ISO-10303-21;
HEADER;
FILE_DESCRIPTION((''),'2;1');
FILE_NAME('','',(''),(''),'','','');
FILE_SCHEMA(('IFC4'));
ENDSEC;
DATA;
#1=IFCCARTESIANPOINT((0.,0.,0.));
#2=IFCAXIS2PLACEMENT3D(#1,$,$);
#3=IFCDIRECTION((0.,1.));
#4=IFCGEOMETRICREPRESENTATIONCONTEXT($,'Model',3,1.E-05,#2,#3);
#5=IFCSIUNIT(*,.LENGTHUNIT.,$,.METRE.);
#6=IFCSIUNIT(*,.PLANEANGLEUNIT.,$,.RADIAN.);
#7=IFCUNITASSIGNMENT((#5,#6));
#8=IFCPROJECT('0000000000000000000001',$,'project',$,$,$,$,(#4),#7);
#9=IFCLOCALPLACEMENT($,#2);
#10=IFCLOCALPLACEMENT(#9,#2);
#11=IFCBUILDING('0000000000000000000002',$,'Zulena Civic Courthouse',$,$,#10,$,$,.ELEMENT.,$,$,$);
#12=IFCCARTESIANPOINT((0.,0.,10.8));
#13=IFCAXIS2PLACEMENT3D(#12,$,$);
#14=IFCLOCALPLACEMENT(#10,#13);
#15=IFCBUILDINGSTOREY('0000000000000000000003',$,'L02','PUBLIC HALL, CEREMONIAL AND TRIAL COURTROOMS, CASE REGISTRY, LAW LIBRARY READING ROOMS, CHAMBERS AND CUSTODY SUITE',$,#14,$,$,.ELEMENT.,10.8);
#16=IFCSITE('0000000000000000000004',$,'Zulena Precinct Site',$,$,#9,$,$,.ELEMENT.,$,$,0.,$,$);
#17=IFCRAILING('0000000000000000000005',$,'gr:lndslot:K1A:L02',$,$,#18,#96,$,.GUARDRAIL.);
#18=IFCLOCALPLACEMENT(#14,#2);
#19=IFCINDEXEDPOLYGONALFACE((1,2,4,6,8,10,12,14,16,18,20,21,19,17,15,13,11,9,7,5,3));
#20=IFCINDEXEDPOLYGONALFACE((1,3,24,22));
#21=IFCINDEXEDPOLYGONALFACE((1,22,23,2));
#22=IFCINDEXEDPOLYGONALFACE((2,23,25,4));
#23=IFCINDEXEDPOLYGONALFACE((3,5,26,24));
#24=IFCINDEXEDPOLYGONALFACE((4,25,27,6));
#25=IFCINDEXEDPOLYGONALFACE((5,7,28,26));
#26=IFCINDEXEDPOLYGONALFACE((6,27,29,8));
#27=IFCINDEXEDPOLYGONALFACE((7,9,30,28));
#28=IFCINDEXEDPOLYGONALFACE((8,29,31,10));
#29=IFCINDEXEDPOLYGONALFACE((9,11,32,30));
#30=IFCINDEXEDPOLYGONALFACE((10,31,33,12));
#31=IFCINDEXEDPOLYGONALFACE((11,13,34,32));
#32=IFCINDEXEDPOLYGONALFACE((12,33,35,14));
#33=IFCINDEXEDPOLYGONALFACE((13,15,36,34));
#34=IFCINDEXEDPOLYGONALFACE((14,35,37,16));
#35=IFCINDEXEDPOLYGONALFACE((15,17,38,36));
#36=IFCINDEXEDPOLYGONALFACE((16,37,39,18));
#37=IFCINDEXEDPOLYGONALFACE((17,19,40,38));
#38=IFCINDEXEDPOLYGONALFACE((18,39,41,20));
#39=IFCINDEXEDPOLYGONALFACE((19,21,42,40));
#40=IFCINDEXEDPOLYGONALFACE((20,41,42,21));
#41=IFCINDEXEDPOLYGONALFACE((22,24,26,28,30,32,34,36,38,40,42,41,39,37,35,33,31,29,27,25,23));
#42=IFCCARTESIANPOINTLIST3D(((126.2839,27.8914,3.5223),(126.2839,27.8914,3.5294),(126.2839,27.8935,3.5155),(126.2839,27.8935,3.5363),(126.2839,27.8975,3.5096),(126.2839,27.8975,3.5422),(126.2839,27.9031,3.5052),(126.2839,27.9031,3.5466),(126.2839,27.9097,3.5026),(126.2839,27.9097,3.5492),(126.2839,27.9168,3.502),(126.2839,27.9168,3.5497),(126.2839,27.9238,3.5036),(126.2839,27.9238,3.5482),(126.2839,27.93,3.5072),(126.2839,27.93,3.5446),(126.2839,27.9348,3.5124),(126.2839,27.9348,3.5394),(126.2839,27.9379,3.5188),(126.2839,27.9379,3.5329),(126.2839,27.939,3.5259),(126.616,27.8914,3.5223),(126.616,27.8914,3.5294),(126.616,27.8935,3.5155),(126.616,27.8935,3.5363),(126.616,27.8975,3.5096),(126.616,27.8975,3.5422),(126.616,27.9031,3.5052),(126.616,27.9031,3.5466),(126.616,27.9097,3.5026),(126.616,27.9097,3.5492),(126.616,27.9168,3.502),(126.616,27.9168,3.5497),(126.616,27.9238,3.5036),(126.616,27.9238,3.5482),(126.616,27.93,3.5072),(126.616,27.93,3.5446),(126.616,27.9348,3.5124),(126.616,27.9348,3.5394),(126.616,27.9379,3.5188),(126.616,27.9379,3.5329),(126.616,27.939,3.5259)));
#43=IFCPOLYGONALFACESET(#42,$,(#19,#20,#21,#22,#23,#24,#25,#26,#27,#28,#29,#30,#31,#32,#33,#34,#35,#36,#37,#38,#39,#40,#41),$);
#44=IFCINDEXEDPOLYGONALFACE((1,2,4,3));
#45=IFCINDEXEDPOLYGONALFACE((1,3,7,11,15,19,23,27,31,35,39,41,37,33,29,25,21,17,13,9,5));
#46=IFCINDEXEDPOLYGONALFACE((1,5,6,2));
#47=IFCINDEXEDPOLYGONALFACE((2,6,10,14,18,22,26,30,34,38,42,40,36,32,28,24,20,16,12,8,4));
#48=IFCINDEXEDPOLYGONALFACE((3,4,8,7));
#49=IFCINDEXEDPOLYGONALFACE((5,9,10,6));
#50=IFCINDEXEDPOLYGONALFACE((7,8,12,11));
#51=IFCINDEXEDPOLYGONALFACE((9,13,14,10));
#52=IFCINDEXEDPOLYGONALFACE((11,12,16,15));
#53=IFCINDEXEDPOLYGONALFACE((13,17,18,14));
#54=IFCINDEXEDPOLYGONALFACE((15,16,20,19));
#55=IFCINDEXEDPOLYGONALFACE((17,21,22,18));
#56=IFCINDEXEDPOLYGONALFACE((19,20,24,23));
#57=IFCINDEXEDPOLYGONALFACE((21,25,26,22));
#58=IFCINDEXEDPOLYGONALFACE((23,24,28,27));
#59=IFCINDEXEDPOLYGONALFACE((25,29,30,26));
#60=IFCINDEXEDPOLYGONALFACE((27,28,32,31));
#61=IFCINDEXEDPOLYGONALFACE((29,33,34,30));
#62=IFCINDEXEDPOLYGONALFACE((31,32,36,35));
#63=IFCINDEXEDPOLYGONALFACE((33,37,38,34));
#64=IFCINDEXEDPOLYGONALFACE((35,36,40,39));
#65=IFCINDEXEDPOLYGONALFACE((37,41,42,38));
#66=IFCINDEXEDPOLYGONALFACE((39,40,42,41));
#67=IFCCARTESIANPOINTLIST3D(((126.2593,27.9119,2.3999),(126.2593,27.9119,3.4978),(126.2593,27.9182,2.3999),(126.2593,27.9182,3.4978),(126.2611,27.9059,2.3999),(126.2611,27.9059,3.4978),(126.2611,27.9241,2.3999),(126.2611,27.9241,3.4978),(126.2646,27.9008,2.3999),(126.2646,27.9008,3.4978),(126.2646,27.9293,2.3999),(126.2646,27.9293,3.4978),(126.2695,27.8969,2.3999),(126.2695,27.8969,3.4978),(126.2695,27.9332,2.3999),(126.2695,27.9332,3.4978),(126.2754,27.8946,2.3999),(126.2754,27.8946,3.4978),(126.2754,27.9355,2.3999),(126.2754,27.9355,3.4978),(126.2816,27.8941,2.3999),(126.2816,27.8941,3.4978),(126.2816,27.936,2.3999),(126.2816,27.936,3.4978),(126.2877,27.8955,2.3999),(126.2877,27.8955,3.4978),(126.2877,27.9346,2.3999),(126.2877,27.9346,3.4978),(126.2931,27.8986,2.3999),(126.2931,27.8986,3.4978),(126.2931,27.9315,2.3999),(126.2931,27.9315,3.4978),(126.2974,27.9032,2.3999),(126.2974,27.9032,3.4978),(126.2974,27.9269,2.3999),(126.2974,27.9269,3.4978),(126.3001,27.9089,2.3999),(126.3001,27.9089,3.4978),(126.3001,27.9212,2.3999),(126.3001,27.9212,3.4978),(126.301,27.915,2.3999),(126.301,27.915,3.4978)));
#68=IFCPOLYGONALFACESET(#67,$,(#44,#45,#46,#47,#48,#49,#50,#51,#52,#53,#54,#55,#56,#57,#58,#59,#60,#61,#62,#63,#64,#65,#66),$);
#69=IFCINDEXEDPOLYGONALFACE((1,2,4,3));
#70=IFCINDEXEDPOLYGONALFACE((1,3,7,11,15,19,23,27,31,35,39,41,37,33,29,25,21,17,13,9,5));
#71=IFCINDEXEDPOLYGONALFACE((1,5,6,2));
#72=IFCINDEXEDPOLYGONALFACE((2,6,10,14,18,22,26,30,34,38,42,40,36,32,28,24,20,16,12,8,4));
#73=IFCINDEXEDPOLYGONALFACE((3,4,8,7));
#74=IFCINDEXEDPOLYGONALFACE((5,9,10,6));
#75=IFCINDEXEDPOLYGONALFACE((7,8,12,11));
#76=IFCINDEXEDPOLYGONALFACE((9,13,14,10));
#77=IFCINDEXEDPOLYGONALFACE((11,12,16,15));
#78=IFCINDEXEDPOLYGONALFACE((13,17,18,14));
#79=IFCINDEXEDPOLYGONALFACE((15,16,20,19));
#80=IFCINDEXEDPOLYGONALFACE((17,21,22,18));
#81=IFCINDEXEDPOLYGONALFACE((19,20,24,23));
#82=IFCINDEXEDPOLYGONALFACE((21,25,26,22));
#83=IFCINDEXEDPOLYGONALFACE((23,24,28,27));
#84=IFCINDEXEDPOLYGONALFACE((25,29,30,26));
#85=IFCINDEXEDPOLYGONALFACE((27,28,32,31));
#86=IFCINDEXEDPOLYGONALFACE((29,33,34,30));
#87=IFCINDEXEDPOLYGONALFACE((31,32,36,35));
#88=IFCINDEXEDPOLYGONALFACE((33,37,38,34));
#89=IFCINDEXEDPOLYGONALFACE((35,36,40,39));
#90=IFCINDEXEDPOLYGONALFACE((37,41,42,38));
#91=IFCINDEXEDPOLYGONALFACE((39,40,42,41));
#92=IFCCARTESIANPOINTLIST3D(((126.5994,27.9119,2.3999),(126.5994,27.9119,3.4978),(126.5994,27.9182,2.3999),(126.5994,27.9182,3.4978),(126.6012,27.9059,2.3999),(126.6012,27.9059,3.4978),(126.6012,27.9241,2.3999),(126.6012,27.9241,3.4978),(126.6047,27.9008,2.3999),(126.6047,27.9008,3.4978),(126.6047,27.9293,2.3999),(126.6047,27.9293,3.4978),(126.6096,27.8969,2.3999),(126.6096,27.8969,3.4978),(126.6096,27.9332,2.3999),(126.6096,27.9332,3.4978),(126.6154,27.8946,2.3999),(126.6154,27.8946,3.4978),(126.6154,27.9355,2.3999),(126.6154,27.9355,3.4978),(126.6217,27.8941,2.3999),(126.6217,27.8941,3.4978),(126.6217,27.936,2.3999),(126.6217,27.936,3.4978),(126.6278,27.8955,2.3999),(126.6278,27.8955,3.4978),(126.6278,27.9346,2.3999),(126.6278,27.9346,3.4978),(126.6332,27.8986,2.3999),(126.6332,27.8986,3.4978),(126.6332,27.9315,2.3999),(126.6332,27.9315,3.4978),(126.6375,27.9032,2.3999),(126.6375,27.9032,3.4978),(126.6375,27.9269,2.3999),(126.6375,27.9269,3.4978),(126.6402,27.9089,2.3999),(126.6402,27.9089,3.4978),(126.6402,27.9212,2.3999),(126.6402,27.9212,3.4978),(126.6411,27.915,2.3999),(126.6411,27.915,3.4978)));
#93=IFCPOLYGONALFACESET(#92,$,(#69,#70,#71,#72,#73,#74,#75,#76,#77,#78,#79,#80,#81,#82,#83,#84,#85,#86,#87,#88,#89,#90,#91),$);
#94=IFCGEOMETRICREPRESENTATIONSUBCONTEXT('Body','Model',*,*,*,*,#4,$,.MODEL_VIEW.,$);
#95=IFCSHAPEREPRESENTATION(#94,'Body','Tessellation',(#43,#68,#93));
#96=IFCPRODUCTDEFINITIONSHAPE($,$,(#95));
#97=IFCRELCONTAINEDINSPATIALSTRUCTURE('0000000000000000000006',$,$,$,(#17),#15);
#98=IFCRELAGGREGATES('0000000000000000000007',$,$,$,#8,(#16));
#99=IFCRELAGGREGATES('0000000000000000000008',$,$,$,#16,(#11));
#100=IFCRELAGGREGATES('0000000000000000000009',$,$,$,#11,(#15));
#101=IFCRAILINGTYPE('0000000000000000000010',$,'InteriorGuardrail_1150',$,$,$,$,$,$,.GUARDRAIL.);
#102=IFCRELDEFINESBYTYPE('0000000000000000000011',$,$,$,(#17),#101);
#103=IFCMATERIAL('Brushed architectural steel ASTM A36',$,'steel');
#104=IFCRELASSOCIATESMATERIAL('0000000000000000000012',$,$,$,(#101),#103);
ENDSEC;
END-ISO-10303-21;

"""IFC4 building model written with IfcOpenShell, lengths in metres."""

from ifc_helpers import new_model, si_unit, direction, frame, origin, origin_2d, place, context, subcontext, project, spatial, circle, extrude, material, type_object, element, save


model = new_model("IFC4")

# Units and contexts
model_context = context("Model", 3, precision=1e-05, world=origin(), true_north=direction((0.0, 1.0)))
body_context = subcontext(model_context, "Body", "Model", "MODEL_VIEW")
ifc_project = project(units=[si_unit("LENGTHUNIT", "METRE"), si_unit("PLANEANGLEUNIT", "RADIAN")], contexts=[model_context])

# Site, building, storey
site_placement = place(None, origin())
site = spatial("IfcSite", under=ifc_project, at=site_placement, Name="Zulena Precinct Site", CompositionType="ELEMENT", RefElevation=0.0)
building_placement = place(site_placement, origin())
building = spatial("IfcBuilding", under=site, at=building_placement, Name="Zulena Civic Courthouse", CompositionType="ELEMENT")
storey_placement = place(building_placement, frame((0.0, 0.0, 10.8)))
storey = spatial("IfcBuildingStorey", under=building, at=storey_placement, Name="L02", Description="PUBLIC HALL, CEREMONIAL AND TRIAL COURTROOMS, CASE REGISTRY, LAW LIBRARY READING ROOMS, CHAMBERS AND CUSTODY SUITE", CompositionType="ELEMENT", Elevation=10.8)

# Railing
ifc_material_1 = material(Name="Brushed architectural steel ASTM A36", Category="steel")
railing_type_1 = type_object("IfcRailingType", Name="InteriorGuardrail_1150", PredefinedType="GUARDRAIL", material=ifc_material_1)
railing_1_placement = place(storey_placement, frame((126.28, 27.915, 2.3999)))
element("IfcRailing", 1, at=railing_1_placement, inside=storey, type_object=railing_type_1, Name="gr:lndslot:K1A:L02", PredefinedType="GUARDRAIL", context=body_context, shape_type="SweptSolid", body=[
    extrude(circle(Radius=0.0239, at=origin_2d()), frame((0.0039, 0.0, 1.126), z_axis=(1.0, 0.0, 0.0), x_axis=(0.0, 1.0, 0.0)), (0.0, 0.0, 1.0), 0.332),
    extrude(circle(Radius=0.021, at=origin_2d()), origin(), (0.0, 0.0, 1.0), 1.0979),
    extrude(circle(Radius=0.021, at=origin_2d()), frame((0.3401, 0.0, 0.0)), (0.0, 0.0, 1.0), 1.0979),
])

save(model, "model.ifc")
